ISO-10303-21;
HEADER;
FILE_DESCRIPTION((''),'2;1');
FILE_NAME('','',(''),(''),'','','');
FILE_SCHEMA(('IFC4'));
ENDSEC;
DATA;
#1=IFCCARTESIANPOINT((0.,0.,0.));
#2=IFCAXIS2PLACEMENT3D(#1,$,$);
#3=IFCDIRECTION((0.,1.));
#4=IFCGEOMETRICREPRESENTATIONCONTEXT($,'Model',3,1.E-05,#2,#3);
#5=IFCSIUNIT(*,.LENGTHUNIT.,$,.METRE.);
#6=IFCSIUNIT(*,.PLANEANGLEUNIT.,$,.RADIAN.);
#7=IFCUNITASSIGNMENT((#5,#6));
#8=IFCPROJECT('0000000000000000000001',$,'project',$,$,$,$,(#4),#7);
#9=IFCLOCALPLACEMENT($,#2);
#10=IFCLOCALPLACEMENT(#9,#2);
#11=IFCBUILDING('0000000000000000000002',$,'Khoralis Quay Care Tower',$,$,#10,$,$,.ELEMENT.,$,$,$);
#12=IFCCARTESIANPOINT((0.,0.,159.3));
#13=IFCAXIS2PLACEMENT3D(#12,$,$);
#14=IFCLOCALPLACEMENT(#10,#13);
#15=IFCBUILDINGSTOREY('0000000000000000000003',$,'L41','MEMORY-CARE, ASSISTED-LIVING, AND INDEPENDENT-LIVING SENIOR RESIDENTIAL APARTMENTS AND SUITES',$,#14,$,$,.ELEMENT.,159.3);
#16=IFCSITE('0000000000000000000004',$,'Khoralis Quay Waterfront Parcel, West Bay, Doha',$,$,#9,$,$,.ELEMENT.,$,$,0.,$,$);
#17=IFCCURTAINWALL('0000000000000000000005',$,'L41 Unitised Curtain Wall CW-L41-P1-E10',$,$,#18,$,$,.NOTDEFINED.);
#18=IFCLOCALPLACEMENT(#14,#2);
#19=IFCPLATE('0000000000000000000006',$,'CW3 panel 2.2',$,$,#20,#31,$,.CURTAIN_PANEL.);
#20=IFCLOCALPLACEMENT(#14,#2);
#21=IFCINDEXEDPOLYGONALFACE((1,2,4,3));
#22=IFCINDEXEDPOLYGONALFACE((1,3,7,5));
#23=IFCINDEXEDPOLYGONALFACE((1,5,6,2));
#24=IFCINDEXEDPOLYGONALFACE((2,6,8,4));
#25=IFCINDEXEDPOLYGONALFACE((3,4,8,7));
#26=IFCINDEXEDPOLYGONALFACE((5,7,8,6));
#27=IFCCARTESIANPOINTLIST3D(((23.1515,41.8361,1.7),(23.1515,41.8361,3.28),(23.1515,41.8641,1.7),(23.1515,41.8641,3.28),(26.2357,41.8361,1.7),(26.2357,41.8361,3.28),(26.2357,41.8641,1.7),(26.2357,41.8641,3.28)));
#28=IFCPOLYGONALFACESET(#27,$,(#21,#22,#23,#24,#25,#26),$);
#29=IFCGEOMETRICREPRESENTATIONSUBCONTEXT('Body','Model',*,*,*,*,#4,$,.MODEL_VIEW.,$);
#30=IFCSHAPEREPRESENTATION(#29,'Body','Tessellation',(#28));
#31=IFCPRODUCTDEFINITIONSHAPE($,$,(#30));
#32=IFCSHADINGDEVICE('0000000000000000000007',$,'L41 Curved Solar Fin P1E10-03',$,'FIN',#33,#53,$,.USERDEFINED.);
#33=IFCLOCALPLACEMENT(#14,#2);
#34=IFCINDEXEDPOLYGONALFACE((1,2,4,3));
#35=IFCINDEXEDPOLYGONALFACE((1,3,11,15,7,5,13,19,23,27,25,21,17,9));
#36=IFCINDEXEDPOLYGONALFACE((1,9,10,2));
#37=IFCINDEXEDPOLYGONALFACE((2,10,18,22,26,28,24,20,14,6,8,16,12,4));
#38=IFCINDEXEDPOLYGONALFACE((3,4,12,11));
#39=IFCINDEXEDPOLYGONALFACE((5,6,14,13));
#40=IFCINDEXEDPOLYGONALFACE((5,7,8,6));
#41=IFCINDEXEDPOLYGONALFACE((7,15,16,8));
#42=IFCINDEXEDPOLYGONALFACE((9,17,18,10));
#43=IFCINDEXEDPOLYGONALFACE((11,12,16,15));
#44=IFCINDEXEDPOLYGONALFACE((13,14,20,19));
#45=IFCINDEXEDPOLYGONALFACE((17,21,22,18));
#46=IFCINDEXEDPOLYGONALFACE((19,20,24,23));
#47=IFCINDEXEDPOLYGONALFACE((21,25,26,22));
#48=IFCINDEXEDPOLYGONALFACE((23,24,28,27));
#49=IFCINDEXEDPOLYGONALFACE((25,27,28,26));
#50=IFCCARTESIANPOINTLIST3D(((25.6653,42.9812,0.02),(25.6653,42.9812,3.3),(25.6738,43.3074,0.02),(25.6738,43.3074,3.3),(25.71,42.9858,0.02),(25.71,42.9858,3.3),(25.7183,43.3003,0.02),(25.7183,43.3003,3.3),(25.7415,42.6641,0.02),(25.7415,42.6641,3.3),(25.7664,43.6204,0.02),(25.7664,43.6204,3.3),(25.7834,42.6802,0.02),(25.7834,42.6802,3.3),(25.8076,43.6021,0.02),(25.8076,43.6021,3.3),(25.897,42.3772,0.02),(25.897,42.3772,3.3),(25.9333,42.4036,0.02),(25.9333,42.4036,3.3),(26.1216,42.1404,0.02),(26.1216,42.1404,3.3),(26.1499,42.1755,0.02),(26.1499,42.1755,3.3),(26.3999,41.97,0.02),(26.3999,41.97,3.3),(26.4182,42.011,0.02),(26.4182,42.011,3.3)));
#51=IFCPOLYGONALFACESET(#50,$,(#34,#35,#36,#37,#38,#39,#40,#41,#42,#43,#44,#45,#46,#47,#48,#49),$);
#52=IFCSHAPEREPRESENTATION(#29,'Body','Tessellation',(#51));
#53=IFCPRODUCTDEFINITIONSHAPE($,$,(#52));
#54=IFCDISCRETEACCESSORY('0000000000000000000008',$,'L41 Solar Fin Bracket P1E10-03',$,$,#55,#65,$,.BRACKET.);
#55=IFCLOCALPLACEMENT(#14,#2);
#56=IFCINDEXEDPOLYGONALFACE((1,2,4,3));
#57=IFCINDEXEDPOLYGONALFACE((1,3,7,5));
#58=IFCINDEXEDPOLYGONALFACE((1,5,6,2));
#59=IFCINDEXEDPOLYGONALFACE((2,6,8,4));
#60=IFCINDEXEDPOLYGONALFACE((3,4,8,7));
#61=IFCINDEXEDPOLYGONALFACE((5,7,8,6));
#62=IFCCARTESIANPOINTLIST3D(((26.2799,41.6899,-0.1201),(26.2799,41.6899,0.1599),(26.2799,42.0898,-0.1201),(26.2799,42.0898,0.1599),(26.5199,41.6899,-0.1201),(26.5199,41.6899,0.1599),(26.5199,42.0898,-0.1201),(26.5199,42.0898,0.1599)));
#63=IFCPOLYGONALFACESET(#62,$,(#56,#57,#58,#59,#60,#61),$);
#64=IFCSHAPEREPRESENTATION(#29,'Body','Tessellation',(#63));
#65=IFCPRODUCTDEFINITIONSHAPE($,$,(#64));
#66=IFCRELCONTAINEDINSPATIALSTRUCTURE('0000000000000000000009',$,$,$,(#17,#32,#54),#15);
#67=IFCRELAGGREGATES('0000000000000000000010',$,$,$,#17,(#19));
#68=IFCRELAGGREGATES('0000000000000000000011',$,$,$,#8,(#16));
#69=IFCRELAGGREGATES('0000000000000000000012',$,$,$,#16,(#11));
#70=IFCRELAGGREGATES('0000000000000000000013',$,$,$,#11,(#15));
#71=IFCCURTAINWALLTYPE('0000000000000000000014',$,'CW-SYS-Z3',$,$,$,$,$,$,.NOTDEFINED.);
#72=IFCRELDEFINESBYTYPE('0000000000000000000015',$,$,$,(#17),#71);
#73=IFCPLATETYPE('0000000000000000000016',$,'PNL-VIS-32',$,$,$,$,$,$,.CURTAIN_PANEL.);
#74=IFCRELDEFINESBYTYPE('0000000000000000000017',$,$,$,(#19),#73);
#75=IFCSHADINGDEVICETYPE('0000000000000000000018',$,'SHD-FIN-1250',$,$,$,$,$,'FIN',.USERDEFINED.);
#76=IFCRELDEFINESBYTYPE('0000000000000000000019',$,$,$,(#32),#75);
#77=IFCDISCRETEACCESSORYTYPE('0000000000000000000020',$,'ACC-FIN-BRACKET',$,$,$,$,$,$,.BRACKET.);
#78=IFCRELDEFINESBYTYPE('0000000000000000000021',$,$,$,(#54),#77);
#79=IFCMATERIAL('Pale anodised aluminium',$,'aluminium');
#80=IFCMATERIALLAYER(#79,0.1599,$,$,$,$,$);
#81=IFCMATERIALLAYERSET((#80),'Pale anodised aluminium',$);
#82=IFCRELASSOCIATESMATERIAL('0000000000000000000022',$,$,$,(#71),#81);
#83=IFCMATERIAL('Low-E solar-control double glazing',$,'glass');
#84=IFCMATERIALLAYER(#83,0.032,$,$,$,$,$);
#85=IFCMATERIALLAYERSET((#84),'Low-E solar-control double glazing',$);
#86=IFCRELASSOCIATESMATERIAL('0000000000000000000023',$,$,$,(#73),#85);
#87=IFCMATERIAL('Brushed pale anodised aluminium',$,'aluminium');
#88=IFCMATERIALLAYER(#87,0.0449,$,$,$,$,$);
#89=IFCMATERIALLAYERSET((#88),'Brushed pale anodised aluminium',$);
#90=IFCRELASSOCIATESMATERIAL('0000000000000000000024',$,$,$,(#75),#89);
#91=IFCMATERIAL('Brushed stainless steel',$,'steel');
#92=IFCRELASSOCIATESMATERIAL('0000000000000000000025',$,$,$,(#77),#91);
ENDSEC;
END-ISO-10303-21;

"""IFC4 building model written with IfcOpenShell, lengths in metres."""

from ifc_helpers import new_model, si_unit, direction, frame, origin, origin_2d, place, context, subcontext, project, spatial, polyline, rectangle, outline, extrude, source, transform, mapped, material, layer, layer_set, type_object, element, aggregate, save


model = new_model("IFC4")

# Units and contexts
model_context = context("Model", 3, precision=1e-05, world=origin(), true_north=direction((0.0, 1.0)))
body_context = subcontext(model_context, "Body", "Model", "MODEL_VIEW")
ifc_project = project(units=[si_unit("LENGTHUNIT", "METRE"), si_unit("PLANEANGLEUNIT", "RADIAN")], contexts=[model_context])

# Site, building, storey
site_placement = place(None, origin())
site = spatial("IfcSite", under=ifc_project, at=site_placement, Name="Khoralis Quay Waterfront Parcel, West Bay, Doha", CompositionType="ELEMENT", RefElevation=0.0)
building_placement = place(site_placement, origin())
building = spatial("IfcBuilding", under=site, at=building_placement, Name="Khoralis Quay Care Tower", CompositionType="ELEMENT")
storey_placement = place(building_placement, frame((0.0, 0.0, 159.3)))
storey = spatial("IfcBuildingStorey", under=building, at=storey_placement, Name="L41", Description="MEMORY-CARE, ASSISTED-LIVING, AND INDEPENDENT-LIVING SENIOR RESIDENTIAL APARTMENTS AND SUITES", CompositionType="ELEMENT", Elevation=159.3)

# Curtain wall, plate
ifc_material_1 = material(Name="Pale anodised aluminium", Category="aluminium")
ifc_layer_1 = layer(ifc_material_1, 0.1599)
ifc_layer_set_1 = layer_set([ifc_layer_1], Name="Pale anodised aluminium")
curtain_wall_type = type_object("IfcCurtainWallType", Name="CW-SYS-Z3", PredefinedType="NOTDEFINED", material=ifc_layer_set_1)
curtain_wall_placement = place(storey_placement, origin())
curtain_wall = element("IfcCurtainWall", 1, at=curtain_wall_placement, inside=storey, type_object=curtain_wall_type, Name="L41 Unitised Curtain Wall CW-L41-P1-E10", PredefinedType="NOTDEFINED")
ifc_material_2 = material(Name="Low-E solar-control double glazing", Category="glass")
ifc_layer_2 = layer(ifc_material_2, 0.032)
ifc_layer_set_2 = layer_set([ifc_layer_2], Name="Low-E solar-control double glazing")
plate_type = type_object("IfcPlateType", Name="PNL-VIS-32", PredefinedType="CURTAIN_PANEL", material=ifc_layer_set_2)
shared_shape_1 = source(origin(), body_context, "Body", "SweptSolid", [
    extrude(rectangle(XDim=3.0842, YDim=0.0281, at=origin_2d()), origin(), (0.0, 0.0, 1.0), 1.5801),
])
plate_1_placement = place(storey_placement, frame((24.6936, 41.8501, 1.7), z_axis=(0.0, 0.0, 1.0), x_axis=(-1.0, 0.0, 0.0)))
plate_1 = element("IfcPlate", 2, at=plate_1_placement, type_object=plate_type, Name="CW3 panel 2.2", PredefinedType="CURTAIN_PANEL", context=body_context, shape_type="MappedRepresentation", body=[
    mapped(shared_shape_1, transform((0.0, 0.0, 0.0), scale=1.0)),
])
aggregate(curtain_wall, [plate_1])

# Shading device
ifc_material_3 = material(Name="Brushed pale anodised aluminium", Category="aluminium")
ifc_layer_3 = layer(ifc_material_3, 0.0449)
ifc_layer_set_3 = layer_set([ifc_layer_3], Name="Brushed pale anodised aluminium")
shading_device_type = type_object("IfcShadingDeviceType", Name="SHD-FIN-1250", ElementType="FIN", PredefinedType="USERDEFINED", material=ifc_layer_set_3)
shared_shape_2 = source(origin(), body_context, "Body", "SweptSolid", [
    extrude(outline(polyline([(0.0, 0.0), (0.1704, 0.2783), (0.4072, 0.5029), (0.6941, 0.6584), (1.0112, 0.7346), (1.3374, 0.7261), (1.6504, 0.6335), (1.6321, 0.5923), (1.3303, 0.6816), (1.0159, 0.6899), (0.7102, 0.6165), (0.4336, 0.4666), (0.2056, 0.25), (0.041, -0.0183), (0.0, 0.0)])), origin(), (0.0, 0.0, 1.0), 3.28),
])
shading_device_placement = place(storey_placement, frame((26.3999, 41.97, 0.02), z_axis=(0.0, 0.0, 1.0), x_axis=(0.0, 1.0, 0.0)))
element("IfcShadingDevice", 3, at=shading_device_placement, inside=storey, type_object=shading_device_type, Name="L41 Curved Solar Fin P1E10-03", ObjectType="FIN", PredefinedType="USERDEFINED", context=body_context, shape_type="MappedRepresentation", body=[
    mapped(shared_shape_2, transform((0.0, 0.0, 0.0), scale=1.0)),
])

# Discrete accessory
ifc_material_4 = material(Name="Brushed stainless steel", Category="steel")
discrete_accessory_type = type_object("IfcDiscreteAccessoryType", Name="ACC-FIN-BRACKET", PredefinedType="BRACKET", material=ifc_material_4)
shared_shape_3 = source(origin(), body_context, "Body", "SweptSolid", [
    extrude(rectangle(XDim=0.3999, YDim=0.24, at=origin_2d()), origin(), (0.0, 0.0, 1.0), 0.28),
])
discrete_accessory_placement = place(storey_placement, frame((26.3999, 41.8899, -0.1201), z_axis=(0.0, 0.0, 1.0), x_axis=(0.0, 1.0, 0.0)))
element("IfcDiscreteAccessory", 4, at=discrete_accessory_placement, inside=storey, type_object=discrete_accessory_type, Name="L41 Solar Fin Bracket P1E10-03", PredefinedType="BRACKET", context=body_context, shape_type="MappedRepresentation", body=[
    mapped(shared_shape_3, transform((0.0, 0.0, 0.0), scale=1.0)),
])

save(model, "model.ifc")
